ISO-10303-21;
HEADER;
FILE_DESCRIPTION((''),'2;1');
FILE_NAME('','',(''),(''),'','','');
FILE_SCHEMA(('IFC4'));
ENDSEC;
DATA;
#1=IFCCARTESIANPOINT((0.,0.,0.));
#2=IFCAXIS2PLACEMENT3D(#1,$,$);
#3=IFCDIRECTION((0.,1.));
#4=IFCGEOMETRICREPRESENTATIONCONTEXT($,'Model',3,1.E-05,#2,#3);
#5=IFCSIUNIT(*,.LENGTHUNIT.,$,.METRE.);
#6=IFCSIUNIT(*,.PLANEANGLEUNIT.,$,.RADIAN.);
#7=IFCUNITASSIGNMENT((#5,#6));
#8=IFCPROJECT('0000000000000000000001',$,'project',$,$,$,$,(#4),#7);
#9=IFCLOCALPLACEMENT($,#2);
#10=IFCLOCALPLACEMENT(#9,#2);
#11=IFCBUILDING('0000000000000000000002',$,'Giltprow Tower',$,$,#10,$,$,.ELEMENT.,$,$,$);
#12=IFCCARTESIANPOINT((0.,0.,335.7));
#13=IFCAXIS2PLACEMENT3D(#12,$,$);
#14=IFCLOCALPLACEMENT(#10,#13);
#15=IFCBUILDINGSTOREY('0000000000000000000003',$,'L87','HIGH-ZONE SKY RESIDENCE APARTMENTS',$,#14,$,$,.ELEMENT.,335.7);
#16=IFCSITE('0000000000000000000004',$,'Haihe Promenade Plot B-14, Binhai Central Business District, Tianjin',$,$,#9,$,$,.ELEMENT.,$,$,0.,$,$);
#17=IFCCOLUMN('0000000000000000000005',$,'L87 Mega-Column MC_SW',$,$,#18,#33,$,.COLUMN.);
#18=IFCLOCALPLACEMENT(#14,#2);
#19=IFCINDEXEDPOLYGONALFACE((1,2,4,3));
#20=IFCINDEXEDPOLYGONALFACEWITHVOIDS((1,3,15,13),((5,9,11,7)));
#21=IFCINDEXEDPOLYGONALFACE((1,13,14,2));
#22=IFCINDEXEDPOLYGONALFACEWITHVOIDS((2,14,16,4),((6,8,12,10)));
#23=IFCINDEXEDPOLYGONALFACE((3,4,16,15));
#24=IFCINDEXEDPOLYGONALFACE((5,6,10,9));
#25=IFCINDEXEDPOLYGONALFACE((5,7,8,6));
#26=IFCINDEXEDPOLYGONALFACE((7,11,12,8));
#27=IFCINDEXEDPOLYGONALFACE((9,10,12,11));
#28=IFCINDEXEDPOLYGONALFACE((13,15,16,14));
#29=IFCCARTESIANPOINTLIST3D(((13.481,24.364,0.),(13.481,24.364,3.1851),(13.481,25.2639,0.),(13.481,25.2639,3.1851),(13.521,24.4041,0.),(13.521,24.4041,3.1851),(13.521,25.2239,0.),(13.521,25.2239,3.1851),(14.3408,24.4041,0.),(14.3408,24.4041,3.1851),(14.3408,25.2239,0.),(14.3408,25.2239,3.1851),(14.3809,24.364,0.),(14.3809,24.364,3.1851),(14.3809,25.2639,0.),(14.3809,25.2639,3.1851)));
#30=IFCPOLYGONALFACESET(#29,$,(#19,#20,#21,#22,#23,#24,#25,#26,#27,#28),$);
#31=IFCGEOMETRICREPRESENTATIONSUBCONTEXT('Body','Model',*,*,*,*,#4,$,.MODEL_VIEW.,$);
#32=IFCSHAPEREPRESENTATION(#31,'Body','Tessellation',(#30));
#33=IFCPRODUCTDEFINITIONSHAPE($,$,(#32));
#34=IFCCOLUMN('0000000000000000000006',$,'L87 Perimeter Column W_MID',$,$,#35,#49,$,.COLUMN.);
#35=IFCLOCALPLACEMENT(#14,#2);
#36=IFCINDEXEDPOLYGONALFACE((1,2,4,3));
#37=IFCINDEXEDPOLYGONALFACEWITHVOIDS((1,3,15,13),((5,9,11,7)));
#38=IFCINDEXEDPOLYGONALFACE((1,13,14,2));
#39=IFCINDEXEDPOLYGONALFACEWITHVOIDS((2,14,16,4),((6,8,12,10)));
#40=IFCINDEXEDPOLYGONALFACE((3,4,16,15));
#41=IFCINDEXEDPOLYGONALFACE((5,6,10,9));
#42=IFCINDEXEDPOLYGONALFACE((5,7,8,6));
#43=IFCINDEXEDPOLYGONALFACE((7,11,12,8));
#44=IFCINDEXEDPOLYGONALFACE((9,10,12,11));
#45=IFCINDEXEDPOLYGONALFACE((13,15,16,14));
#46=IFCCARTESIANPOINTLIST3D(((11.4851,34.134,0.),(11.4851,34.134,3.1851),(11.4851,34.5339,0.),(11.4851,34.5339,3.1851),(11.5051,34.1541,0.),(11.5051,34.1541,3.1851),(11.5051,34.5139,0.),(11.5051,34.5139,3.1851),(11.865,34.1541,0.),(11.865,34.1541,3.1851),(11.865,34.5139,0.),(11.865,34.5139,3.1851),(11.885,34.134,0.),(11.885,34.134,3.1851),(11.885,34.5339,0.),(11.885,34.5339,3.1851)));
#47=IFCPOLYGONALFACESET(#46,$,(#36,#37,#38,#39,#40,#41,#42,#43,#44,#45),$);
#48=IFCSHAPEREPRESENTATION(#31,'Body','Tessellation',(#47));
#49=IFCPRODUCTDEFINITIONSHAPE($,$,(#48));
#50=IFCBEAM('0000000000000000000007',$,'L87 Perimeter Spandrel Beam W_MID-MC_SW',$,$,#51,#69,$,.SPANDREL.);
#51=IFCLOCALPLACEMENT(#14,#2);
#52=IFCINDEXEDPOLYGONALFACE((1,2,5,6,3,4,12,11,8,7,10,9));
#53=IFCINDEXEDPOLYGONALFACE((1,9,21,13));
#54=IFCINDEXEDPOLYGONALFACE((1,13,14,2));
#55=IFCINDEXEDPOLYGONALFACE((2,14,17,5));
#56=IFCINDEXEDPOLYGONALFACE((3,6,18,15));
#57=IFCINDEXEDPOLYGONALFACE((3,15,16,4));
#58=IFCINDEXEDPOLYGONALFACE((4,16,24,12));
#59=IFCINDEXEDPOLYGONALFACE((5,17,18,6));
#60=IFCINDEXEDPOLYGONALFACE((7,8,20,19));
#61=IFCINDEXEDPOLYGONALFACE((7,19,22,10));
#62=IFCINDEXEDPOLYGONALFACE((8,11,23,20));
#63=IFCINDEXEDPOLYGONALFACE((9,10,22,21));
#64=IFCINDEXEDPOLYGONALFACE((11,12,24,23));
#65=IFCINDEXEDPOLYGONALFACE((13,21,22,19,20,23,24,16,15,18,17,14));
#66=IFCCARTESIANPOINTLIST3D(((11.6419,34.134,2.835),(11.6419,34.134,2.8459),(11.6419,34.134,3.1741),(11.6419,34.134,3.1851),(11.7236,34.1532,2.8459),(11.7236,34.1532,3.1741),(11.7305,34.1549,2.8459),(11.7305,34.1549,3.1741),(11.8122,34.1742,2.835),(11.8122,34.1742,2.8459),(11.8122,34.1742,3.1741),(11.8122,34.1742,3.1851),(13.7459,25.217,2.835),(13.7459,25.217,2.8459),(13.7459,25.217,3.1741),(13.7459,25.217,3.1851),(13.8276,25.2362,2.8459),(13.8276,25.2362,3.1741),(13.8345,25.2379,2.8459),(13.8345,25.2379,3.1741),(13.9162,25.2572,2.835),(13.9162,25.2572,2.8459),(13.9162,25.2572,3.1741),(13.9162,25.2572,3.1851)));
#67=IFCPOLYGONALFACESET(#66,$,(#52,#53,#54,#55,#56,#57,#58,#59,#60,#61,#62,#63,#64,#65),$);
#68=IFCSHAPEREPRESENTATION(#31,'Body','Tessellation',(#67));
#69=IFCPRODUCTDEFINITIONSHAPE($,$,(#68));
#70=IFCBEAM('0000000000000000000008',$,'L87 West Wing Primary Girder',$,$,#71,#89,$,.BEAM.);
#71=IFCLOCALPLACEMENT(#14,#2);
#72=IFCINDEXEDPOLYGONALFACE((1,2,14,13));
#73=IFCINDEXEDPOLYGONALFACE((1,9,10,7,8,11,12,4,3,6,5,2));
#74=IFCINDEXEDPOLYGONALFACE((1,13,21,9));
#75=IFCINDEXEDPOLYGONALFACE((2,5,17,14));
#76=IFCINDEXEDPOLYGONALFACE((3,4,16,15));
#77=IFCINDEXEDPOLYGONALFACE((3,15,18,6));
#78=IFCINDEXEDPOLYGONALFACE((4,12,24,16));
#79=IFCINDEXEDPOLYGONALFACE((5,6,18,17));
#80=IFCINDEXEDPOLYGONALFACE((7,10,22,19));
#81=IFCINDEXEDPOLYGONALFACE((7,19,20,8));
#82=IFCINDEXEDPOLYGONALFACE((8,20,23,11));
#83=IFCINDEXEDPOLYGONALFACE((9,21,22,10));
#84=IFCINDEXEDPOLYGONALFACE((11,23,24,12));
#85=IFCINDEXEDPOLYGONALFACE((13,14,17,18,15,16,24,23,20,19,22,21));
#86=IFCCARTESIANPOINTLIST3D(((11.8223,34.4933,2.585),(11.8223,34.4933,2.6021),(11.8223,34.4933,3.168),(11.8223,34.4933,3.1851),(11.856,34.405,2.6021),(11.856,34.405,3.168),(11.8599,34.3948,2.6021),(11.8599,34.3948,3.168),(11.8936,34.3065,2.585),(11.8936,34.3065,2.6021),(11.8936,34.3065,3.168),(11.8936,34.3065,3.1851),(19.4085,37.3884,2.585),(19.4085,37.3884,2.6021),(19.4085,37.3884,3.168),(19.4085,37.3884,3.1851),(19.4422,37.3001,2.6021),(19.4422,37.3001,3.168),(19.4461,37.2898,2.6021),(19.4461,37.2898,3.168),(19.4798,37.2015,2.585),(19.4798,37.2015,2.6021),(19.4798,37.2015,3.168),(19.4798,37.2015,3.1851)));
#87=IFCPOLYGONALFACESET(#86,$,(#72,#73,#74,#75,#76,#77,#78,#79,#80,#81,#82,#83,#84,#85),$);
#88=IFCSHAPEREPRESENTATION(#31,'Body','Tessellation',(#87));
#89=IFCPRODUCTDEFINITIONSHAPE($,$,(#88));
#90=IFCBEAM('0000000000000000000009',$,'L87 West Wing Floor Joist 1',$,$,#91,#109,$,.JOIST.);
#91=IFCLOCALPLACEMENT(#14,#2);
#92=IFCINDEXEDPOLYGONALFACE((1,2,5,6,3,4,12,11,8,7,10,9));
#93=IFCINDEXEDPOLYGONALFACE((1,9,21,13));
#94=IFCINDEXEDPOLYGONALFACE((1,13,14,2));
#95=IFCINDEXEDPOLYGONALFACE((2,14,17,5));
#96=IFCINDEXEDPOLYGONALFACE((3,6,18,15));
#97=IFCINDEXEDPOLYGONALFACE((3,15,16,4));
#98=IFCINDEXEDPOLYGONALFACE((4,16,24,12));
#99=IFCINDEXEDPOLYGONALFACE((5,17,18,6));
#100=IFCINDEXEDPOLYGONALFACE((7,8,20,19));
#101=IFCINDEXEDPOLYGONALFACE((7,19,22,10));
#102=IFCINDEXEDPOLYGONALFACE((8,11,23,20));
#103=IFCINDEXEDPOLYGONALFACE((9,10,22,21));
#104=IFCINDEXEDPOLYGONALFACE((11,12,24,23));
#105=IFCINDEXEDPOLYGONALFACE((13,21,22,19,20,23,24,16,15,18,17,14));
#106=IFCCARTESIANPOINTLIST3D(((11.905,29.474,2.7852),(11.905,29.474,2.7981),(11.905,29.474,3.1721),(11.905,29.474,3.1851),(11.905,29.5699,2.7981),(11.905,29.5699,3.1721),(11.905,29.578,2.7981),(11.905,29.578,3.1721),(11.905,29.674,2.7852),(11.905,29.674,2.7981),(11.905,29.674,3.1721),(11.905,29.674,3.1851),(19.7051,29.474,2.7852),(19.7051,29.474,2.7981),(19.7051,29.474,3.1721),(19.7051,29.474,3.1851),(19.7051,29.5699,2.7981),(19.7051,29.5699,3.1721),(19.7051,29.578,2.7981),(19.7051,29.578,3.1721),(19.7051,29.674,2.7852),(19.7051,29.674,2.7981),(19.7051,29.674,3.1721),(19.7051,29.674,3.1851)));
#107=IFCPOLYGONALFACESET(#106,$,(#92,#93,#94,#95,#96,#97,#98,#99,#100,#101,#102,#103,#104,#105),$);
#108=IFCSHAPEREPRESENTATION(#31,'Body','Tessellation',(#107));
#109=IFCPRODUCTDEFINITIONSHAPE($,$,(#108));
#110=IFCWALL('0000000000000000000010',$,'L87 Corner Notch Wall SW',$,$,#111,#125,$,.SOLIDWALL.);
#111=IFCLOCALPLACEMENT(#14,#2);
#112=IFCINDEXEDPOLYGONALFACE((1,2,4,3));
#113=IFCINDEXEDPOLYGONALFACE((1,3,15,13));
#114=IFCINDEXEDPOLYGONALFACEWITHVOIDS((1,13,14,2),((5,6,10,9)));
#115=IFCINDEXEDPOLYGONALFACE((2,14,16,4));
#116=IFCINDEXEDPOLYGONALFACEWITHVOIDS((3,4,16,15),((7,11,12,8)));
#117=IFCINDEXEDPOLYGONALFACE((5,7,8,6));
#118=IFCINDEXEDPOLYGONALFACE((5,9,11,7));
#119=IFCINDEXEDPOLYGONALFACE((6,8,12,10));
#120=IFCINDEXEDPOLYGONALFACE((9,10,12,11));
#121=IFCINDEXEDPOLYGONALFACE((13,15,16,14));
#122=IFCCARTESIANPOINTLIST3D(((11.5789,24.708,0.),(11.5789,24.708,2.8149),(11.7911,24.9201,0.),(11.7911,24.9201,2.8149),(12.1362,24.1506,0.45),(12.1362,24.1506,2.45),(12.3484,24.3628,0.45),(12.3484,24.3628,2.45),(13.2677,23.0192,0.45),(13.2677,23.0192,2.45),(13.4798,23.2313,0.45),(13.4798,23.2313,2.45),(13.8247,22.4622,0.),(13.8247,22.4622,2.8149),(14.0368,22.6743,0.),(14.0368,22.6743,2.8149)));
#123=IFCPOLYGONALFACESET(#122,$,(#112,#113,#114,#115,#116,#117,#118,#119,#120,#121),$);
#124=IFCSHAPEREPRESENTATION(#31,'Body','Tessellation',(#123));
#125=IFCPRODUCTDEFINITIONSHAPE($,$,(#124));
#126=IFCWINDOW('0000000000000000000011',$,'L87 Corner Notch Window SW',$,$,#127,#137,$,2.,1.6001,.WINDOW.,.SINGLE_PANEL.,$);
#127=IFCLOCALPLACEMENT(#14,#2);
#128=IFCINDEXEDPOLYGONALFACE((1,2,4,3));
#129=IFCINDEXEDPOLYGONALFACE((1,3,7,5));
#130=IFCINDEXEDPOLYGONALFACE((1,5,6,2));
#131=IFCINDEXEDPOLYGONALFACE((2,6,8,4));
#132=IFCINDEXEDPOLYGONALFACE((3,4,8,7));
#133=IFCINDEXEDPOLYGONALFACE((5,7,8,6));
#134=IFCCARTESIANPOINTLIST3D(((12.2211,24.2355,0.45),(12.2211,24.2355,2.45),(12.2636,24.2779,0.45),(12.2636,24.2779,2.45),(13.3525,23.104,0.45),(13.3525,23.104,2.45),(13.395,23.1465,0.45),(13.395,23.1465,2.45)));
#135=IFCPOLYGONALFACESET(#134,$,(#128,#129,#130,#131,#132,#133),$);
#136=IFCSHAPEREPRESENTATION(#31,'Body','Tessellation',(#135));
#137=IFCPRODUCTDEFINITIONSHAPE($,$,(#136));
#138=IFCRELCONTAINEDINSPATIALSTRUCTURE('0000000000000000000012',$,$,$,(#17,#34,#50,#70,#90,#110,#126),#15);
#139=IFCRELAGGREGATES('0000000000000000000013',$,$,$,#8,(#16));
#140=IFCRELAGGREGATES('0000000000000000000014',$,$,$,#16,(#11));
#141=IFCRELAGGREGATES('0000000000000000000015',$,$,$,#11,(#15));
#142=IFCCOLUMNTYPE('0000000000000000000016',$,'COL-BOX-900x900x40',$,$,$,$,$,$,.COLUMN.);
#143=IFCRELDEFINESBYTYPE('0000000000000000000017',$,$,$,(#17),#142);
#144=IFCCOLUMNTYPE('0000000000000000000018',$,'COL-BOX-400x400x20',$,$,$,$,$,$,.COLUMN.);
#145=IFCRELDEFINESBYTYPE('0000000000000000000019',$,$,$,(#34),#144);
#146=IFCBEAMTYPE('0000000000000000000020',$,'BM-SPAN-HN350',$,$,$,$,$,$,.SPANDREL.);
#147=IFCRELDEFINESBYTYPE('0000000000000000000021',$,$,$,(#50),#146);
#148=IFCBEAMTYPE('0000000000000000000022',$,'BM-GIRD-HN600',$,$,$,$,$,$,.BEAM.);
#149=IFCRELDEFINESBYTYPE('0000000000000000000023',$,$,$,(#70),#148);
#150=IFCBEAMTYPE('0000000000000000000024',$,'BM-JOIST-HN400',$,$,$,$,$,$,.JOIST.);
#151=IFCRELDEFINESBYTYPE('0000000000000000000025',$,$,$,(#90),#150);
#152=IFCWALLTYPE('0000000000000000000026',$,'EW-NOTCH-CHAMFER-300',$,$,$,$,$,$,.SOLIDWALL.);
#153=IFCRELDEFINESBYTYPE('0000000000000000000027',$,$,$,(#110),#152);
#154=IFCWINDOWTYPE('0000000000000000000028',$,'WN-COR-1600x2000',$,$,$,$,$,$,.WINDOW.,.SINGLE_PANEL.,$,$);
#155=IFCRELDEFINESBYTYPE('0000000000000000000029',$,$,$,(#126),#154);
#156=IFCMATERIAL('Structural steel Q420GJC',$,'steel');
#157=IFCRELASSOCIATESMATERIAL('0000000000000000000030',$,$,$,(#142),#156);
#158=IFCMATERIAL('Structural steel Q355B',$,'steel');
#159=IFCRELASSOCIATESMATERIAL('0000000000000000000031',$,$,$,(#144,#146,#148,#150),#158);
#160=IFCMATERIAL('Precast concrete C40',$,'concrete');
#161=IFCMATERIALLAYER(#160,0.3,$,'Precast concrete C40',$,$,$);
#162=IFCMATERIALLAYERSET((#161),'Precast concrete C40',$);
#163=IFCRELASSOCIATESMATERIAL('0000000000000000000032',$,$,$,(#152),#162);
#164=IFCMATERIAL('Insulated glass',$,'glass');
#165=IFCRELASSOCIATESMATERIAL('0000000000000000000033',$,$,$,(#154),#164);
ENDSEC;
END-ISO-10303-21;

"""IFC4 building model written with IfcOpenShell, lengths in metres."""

from ifc_helpers import new_model, si_unit, direction, frame, frame_2d, origin, origin_2d, place, context, subcontext, project, spatial, rectangle, hollow_rectangle, i_section, extrude, source, transform, mapped, material, layer, layer_set, material_profile, profile_set, type_object, element, fill, save


model = new_model("IFC4")

# Units and contexts
model_context = context("Model", 3, precision=1e-05, world=origin(), true_north=direction((0.0, 1.0)))
body_context = subcontext(model_context, "Body", "Model", "MODEL_VIEW")
ifc_project = project(units=[si_unit("LENGTHUNIT", "METRE"), si_unit("PLANEANGLEUNIT", "RADIAN")], contexts=[model_context])

# Site, building, storey
site_placement = place(None, origin())
site = spatial("IfcSite", under=ifc_project, at=site_placement, Name="Haihe Promenade Plot B-14, Binhai Central Business District, Tianjin", CompositionType="ELEMENT", RefElevation=0.0)
building_placement = place(site_placement, origin())
building = spatial("IfcBuilding", under=site, at=building_placement, Name="Giltprow Tower", CompositionType="ELEMENT")
storey_placement = place(building_placement, frame((0.0, 0.0, 335.7)))
storey = spatial("IfcBuildingStorey", under=building, at=storey_placement, Name="L87", Description="HIGH-ZONE SKY RESIDENCE APARTMENTS", CompositionType="ELEMENT", Elevation=335.7)

# Columns
ifc_material_1 = material(Name="Structural steel Q420GJC", Category="steel")
ifc_material_profile_1 = material_profile(ifc_material_1, hollow_rectangle(XDim=0.8999, YDim=0.8999, WallThickness=0.04, at=origin_2d()), Name="BOX 900x900x40")
ifc_profile_set_1 = profile_set([ifc_material_profile_1], Name="Structural steel Q420GJC")
column_type_1 = type_object("IfcColumnType", Name="COL-BOX-900x900x40", PredefinedType="COLUMN", material=ifc_profile_set_1)
shared_shape_1 = source(origin(), body_context, "Body", "SweptSolid", [
    extrude(hollow_rectangle(XDim=0.8999, YDim=0.8999, WallThickness=0.04, at=origin_2d()), origin(), (0.0, 0.0, 1.0), 3.1851),
])
column_1_placement = place(storey_placement, frame((13.9309, 24.814, 0.0), z_axis=(0.0, 0.0, 1.0), x_axis=(1.0, 0.0, 0.0)))
element("IfcColumn", 1, at=column_1_placement, inside=storey, type_object=column_type_1, Name="L87 Mega-Column MC_SW", PredefinedType="COLUMN", context=body_context, shape_type="MappedRepresentation", body=[
    mapped(shared_shape_1, transform((0.0, 0.0, 0.0), x_axis=(1.0, 0.0, 0.0), y_axis=(0.0, 1.0, 0.0), z_axis=(0.0, 0.0, 1.0), scale=1.0)),
])
ifc_material_2 = material(Name="Structural steel Q355B", Category="steel")
ifc_material_profile_2 = material_profile(ifc_material_2, hollow_rectangle(XDim=0.3999, YDim=0.3999, WallThickness=0.02, at=origin_2d()), Name="BOX 400x400x20")
ifc_profile_set_2 = profile_set([ifc_material_profile_2], Name="Structural steel Q355B")
column_type_2 = type_object("IfcColumnType", Name="COL-BOX-400x400x20", PredefinedType="COLUMN", material=ifc_profile_set_2)
shared_shape_2 = source(origin(), body_context, "Body", "SweptSolid", [
    extrude(hollow_rectangle(XDim=0.3999, YDim=0.3999, WallThickness=0.02, at=origin_2d()), origin(), (0.0, 0.0, 1.0), 3.1851),
])
column_2_placement = place(storey_placement, frame((11.6851, 34.334, 0.0), z_axis=(0.0, 0.0, 1.0), x_axis=(1.0, 0.0, 0.0)))
element("IfcColumn", 2, at=column_2_placement, inside=storey, type_object=column_type_2, Name="L87 Perimeter Column W_MID", PredefinedType="COLUMN", context=body_context, shape_type="MappedRepresentation", body=[
    mapped(shared_shape_2, transform((0.0, 0.0, 0.0), x_axis=(1.0, 0.0, 0.0), y_axis=(0.0, 1.0, 0.0), z_axis=(0.0, 0.0, 1.0), scale=1.0)),
])

# Beams
ifc_material_profile_3 = material_profile(ifc_material_2, i_section(OverallWidth=0.175, OverallDepth=0.3501, WebThickness=0.0071, FlangeThickness=0.011, at=origin_2d()), Name="HN 350x175x7x11")
ifc_profile_set_3 = profile_set([ifc_material_profile_3], Name="Structural steel Q355B")
beam_type_1 = type_object("IfcBeamType", Name="BM-SPAN-HN350", PredefinedType="SPANDREL", material=ifc_profile_set_3)
shared_shape_3 = source(origin(), body_context, "Body", "SweptSolid", [
    extrude(i_section(OverallWidth=0.175, OverallDepth=0.3501, WebThickness=0.0071, FlangeThickness=0.011, at=origin_2d()), origin(), (0.0, 0.0, 1.0), 9.1619),
])
beam_1_placement = place(storey_placement, frame((11.7271, 34.1541, 3.01), z_axis=(0.229648, -0.973274, 0.0), x_axis=(0.973274, 0.229648, 0.0)))
element("IfcBeam", 3, at=beam_1_placement, inside=storey, type_object=beam_type_1, Name="L87 Perimeter Spandrel Beam W_MID-MC_SW", PredefinedType="SPANDREL", context=body_context, shape_type="MappedRepresentation", body=[
    mapped(shared_shape_3, transform((0.0, 0.0, 0.0), x_axis=(1.0, 0.0, 0.0), y_axis=(0.0, 1.0, 0.0), z_axis=(0.0, 0.0, 1.0), scale=1.0)),
])
ifc_material_profile_4 = material_profile(ifc_material_2, i_section(OverallWidth=0.2, OverallDepth=0.6001, WebThickness=0.011, FlangeThickness=0.0171, at=origin_2d()), Name="HN 600x200x11x17")
ifc_profile_set_4 = profile_set([ifc_material_profile_4], Name="Structural steel Q355B")
beam_type_2 = type_object("IfcBeamType", Name="BM-GIRD-HN600", PredefinedType="BEAM", material=ifc_profile_set_4)
shared_shape_4 = source(origin(), body_context, "Body", "SweptSolid", [
    extrude(i_section(OverallWidth=0.2, OverallDepth=0.6001, WebThickness=0.011, FlangeThickness=0.0171, at=origin_2d()), origin(), (0.0, 0.0, 1.0), 8.1199),
])
beam_2_placement = place(storey_placement, frame((11.8579, 34.3999, 2.885), z_axis=(0.934281, 0.356538, 0.0), x_axis=(-0.356538, 0.934281, 0.0)))
element("IfcBeam", 4, at=beam_2_placement, inside=storey, type_object=beam_type_2, Name="L87 West Wing Primary Girder", PredefinedType="BEAM", context=body_context, shape_type="MappedRepresentation", body=[
    mapped(shared_shape_4, transform((0.0, 0.0, 0.0), x_axis=(1.0, 0.0, 0.0), y_axis=(0.0, 1.0, 0.0), z_axis=(0.0, 0.0, 1.0), scale=1.0)),
])
ifc_material_profile_5 = material_profile(ifc_material_2, i_section(OverallWidth=0.2, OverallDepth=0.3999, WebThickness=0.0081, FlangeThickness=0.0129, at=origin_2d()), Name="HN 400x200x8x13")
ifc_profile_set_5 = profile_set([ifc_material_profile_5], Name="Structural steel Q355B")
beam_type_3 = type_object("IfcBeamType", Name="BM-JOIST-HN400", PredefinedType="JOIST", material=ifc_profile_set_5)
shared_shape_5 = source(origin(), body_context, "Body", "SweptSolid", [
    extrude(i_section(OverallWidth=0.2, OverallDepth=0.3999, WebThickness=0.0081, FlangeThickness=0.0129, at=origin_2d()), origin(), (0.0, 0.0, 1.0), 7.8),
])
beam_3_placement = place(storey_placement, frame((11.905, 29.574, 2.9851), z_axis=(1.0, 0.0, 0.0), x_axis=(0.0, 1.0, 0.0)))
element("IfcBeam", 5, at=beam_3_placement, inside=storey, type_object=beam_type_3, Name="L87 West Wing Floor Joist 1", PredefinedType="JOIST", context=body_context, shape_type="MappedRepresentation", body=[
    mapped(shared_shape_5, transform((0.0, 0.0, 0.0), x_axis=(1.0, 0.0, 0.0), y_axis=(0.0, 1.0, 0.0), z_axis=(0.0, 0.0, 1.0), scale=1.0)),
])

# Wall, opening, window
ifc_material_3 = material(Name="Precast concrete C40", Category="concrete")
ifc_layer_1 = layer(ifc_material_3, 0.3, Name="Precast concrete C40")
ifc_layer_set_1 = layer_set([ifc_layer_1], Name="Precast concrete C40")
wall_type_1 = type_object("IfcWallType", Name="EW-NOTCH-CHAMFER-300", PredefinedType="SOLIDWALL", material=ifc_layer_set_1)
wall_1_placement = place(storey_placement, frame((11.6851, 24.814, 0.0), z_axis=(0.0, 0.0, 1.0), x_axis=(0.707107, -0.707107, 0.0)))
wall_1 = element("IfcWall", 6, at=wall_1_placement, inside=storey, type_object=wall_type_1, Name="L87 Corner Notch Wall SW", PredefinedType="SOLIDWALL", context=body_context, shape_type="SweptSolid", body=[
    extrude(rectangle(XDim=3.176, YDim=0.3, at=frame_2d((1.5879, 0.0))), origin(), (0.0, 0.0, 1.0), 2.8149),
])
opening_1_placement = place(wall_1_placement, frame((0.7881, 0.0, 0.45)))
opening_1 = element("IfcOpeningElement", 7, at=opening_1_placement, cuts=wall_1, PredefinedType="OPENING", context=body_context, shape_type="SweptSolid", body=[
    extrude(rectangle(XDim=1.6001, YDim=2.0, at=frame_2d((0.8, 1.0))), frame((0.0, 0.1599, 0.0), z_axis=(0.0, -1.0, 0.0), x_axis=(1.0, 0.0, 0.0)), (0.0, 0.0, 1.0), 0.3201),
])
ifc_material_4 = material(Name="Insulated glass", Category="glass")
window_type_1 = type_object("IfcWindowType", Name="WN-COR-1600x2000", PartitioningType="SINGLE_PANEL", PredefinedType="WINDOW", material=ifc_material_4)
shared_shape_6 = source(origin(), body_context, "Body", "SweptSolid", [
    extrude(rectangle(XDim=1.6001, YDim=2.0, at=frame_2d((0.8, 1.0))), frame((0.0, 0.03, 0.0), z_axis=(0.0, -1.0, 0.0), x_axis=(1.0, 0.0, 0.0)), (0.0, 0.0, 1.0), 0.0601),
])
window_1_placement = place(opening_1_placement, origin())
window_1 = element("IfcWindow", 8, at=window_1_placement, inside=storey, type_object=window_type_1, Name="L87 Corner Notch Window SW", OverallHeight=2.0, OverallWidth=1.6001, PartitioningType="SINGLE_PANEL", PredefinedType="WINDOW", context=body_context, shape_type="MappedRepresentation", body=[
    mapped(shared_shape_6, transform((0.0, 0.0, 0.0), x_axis=(1.0, 0.0, 0.0), y_axis=(0.0, 1.0, 0.0), z_axis=(0.0, 0.0, 1.0), scale=1.0)),
])
fill(opening_1, window_1)

save(model, "model.ifc")
